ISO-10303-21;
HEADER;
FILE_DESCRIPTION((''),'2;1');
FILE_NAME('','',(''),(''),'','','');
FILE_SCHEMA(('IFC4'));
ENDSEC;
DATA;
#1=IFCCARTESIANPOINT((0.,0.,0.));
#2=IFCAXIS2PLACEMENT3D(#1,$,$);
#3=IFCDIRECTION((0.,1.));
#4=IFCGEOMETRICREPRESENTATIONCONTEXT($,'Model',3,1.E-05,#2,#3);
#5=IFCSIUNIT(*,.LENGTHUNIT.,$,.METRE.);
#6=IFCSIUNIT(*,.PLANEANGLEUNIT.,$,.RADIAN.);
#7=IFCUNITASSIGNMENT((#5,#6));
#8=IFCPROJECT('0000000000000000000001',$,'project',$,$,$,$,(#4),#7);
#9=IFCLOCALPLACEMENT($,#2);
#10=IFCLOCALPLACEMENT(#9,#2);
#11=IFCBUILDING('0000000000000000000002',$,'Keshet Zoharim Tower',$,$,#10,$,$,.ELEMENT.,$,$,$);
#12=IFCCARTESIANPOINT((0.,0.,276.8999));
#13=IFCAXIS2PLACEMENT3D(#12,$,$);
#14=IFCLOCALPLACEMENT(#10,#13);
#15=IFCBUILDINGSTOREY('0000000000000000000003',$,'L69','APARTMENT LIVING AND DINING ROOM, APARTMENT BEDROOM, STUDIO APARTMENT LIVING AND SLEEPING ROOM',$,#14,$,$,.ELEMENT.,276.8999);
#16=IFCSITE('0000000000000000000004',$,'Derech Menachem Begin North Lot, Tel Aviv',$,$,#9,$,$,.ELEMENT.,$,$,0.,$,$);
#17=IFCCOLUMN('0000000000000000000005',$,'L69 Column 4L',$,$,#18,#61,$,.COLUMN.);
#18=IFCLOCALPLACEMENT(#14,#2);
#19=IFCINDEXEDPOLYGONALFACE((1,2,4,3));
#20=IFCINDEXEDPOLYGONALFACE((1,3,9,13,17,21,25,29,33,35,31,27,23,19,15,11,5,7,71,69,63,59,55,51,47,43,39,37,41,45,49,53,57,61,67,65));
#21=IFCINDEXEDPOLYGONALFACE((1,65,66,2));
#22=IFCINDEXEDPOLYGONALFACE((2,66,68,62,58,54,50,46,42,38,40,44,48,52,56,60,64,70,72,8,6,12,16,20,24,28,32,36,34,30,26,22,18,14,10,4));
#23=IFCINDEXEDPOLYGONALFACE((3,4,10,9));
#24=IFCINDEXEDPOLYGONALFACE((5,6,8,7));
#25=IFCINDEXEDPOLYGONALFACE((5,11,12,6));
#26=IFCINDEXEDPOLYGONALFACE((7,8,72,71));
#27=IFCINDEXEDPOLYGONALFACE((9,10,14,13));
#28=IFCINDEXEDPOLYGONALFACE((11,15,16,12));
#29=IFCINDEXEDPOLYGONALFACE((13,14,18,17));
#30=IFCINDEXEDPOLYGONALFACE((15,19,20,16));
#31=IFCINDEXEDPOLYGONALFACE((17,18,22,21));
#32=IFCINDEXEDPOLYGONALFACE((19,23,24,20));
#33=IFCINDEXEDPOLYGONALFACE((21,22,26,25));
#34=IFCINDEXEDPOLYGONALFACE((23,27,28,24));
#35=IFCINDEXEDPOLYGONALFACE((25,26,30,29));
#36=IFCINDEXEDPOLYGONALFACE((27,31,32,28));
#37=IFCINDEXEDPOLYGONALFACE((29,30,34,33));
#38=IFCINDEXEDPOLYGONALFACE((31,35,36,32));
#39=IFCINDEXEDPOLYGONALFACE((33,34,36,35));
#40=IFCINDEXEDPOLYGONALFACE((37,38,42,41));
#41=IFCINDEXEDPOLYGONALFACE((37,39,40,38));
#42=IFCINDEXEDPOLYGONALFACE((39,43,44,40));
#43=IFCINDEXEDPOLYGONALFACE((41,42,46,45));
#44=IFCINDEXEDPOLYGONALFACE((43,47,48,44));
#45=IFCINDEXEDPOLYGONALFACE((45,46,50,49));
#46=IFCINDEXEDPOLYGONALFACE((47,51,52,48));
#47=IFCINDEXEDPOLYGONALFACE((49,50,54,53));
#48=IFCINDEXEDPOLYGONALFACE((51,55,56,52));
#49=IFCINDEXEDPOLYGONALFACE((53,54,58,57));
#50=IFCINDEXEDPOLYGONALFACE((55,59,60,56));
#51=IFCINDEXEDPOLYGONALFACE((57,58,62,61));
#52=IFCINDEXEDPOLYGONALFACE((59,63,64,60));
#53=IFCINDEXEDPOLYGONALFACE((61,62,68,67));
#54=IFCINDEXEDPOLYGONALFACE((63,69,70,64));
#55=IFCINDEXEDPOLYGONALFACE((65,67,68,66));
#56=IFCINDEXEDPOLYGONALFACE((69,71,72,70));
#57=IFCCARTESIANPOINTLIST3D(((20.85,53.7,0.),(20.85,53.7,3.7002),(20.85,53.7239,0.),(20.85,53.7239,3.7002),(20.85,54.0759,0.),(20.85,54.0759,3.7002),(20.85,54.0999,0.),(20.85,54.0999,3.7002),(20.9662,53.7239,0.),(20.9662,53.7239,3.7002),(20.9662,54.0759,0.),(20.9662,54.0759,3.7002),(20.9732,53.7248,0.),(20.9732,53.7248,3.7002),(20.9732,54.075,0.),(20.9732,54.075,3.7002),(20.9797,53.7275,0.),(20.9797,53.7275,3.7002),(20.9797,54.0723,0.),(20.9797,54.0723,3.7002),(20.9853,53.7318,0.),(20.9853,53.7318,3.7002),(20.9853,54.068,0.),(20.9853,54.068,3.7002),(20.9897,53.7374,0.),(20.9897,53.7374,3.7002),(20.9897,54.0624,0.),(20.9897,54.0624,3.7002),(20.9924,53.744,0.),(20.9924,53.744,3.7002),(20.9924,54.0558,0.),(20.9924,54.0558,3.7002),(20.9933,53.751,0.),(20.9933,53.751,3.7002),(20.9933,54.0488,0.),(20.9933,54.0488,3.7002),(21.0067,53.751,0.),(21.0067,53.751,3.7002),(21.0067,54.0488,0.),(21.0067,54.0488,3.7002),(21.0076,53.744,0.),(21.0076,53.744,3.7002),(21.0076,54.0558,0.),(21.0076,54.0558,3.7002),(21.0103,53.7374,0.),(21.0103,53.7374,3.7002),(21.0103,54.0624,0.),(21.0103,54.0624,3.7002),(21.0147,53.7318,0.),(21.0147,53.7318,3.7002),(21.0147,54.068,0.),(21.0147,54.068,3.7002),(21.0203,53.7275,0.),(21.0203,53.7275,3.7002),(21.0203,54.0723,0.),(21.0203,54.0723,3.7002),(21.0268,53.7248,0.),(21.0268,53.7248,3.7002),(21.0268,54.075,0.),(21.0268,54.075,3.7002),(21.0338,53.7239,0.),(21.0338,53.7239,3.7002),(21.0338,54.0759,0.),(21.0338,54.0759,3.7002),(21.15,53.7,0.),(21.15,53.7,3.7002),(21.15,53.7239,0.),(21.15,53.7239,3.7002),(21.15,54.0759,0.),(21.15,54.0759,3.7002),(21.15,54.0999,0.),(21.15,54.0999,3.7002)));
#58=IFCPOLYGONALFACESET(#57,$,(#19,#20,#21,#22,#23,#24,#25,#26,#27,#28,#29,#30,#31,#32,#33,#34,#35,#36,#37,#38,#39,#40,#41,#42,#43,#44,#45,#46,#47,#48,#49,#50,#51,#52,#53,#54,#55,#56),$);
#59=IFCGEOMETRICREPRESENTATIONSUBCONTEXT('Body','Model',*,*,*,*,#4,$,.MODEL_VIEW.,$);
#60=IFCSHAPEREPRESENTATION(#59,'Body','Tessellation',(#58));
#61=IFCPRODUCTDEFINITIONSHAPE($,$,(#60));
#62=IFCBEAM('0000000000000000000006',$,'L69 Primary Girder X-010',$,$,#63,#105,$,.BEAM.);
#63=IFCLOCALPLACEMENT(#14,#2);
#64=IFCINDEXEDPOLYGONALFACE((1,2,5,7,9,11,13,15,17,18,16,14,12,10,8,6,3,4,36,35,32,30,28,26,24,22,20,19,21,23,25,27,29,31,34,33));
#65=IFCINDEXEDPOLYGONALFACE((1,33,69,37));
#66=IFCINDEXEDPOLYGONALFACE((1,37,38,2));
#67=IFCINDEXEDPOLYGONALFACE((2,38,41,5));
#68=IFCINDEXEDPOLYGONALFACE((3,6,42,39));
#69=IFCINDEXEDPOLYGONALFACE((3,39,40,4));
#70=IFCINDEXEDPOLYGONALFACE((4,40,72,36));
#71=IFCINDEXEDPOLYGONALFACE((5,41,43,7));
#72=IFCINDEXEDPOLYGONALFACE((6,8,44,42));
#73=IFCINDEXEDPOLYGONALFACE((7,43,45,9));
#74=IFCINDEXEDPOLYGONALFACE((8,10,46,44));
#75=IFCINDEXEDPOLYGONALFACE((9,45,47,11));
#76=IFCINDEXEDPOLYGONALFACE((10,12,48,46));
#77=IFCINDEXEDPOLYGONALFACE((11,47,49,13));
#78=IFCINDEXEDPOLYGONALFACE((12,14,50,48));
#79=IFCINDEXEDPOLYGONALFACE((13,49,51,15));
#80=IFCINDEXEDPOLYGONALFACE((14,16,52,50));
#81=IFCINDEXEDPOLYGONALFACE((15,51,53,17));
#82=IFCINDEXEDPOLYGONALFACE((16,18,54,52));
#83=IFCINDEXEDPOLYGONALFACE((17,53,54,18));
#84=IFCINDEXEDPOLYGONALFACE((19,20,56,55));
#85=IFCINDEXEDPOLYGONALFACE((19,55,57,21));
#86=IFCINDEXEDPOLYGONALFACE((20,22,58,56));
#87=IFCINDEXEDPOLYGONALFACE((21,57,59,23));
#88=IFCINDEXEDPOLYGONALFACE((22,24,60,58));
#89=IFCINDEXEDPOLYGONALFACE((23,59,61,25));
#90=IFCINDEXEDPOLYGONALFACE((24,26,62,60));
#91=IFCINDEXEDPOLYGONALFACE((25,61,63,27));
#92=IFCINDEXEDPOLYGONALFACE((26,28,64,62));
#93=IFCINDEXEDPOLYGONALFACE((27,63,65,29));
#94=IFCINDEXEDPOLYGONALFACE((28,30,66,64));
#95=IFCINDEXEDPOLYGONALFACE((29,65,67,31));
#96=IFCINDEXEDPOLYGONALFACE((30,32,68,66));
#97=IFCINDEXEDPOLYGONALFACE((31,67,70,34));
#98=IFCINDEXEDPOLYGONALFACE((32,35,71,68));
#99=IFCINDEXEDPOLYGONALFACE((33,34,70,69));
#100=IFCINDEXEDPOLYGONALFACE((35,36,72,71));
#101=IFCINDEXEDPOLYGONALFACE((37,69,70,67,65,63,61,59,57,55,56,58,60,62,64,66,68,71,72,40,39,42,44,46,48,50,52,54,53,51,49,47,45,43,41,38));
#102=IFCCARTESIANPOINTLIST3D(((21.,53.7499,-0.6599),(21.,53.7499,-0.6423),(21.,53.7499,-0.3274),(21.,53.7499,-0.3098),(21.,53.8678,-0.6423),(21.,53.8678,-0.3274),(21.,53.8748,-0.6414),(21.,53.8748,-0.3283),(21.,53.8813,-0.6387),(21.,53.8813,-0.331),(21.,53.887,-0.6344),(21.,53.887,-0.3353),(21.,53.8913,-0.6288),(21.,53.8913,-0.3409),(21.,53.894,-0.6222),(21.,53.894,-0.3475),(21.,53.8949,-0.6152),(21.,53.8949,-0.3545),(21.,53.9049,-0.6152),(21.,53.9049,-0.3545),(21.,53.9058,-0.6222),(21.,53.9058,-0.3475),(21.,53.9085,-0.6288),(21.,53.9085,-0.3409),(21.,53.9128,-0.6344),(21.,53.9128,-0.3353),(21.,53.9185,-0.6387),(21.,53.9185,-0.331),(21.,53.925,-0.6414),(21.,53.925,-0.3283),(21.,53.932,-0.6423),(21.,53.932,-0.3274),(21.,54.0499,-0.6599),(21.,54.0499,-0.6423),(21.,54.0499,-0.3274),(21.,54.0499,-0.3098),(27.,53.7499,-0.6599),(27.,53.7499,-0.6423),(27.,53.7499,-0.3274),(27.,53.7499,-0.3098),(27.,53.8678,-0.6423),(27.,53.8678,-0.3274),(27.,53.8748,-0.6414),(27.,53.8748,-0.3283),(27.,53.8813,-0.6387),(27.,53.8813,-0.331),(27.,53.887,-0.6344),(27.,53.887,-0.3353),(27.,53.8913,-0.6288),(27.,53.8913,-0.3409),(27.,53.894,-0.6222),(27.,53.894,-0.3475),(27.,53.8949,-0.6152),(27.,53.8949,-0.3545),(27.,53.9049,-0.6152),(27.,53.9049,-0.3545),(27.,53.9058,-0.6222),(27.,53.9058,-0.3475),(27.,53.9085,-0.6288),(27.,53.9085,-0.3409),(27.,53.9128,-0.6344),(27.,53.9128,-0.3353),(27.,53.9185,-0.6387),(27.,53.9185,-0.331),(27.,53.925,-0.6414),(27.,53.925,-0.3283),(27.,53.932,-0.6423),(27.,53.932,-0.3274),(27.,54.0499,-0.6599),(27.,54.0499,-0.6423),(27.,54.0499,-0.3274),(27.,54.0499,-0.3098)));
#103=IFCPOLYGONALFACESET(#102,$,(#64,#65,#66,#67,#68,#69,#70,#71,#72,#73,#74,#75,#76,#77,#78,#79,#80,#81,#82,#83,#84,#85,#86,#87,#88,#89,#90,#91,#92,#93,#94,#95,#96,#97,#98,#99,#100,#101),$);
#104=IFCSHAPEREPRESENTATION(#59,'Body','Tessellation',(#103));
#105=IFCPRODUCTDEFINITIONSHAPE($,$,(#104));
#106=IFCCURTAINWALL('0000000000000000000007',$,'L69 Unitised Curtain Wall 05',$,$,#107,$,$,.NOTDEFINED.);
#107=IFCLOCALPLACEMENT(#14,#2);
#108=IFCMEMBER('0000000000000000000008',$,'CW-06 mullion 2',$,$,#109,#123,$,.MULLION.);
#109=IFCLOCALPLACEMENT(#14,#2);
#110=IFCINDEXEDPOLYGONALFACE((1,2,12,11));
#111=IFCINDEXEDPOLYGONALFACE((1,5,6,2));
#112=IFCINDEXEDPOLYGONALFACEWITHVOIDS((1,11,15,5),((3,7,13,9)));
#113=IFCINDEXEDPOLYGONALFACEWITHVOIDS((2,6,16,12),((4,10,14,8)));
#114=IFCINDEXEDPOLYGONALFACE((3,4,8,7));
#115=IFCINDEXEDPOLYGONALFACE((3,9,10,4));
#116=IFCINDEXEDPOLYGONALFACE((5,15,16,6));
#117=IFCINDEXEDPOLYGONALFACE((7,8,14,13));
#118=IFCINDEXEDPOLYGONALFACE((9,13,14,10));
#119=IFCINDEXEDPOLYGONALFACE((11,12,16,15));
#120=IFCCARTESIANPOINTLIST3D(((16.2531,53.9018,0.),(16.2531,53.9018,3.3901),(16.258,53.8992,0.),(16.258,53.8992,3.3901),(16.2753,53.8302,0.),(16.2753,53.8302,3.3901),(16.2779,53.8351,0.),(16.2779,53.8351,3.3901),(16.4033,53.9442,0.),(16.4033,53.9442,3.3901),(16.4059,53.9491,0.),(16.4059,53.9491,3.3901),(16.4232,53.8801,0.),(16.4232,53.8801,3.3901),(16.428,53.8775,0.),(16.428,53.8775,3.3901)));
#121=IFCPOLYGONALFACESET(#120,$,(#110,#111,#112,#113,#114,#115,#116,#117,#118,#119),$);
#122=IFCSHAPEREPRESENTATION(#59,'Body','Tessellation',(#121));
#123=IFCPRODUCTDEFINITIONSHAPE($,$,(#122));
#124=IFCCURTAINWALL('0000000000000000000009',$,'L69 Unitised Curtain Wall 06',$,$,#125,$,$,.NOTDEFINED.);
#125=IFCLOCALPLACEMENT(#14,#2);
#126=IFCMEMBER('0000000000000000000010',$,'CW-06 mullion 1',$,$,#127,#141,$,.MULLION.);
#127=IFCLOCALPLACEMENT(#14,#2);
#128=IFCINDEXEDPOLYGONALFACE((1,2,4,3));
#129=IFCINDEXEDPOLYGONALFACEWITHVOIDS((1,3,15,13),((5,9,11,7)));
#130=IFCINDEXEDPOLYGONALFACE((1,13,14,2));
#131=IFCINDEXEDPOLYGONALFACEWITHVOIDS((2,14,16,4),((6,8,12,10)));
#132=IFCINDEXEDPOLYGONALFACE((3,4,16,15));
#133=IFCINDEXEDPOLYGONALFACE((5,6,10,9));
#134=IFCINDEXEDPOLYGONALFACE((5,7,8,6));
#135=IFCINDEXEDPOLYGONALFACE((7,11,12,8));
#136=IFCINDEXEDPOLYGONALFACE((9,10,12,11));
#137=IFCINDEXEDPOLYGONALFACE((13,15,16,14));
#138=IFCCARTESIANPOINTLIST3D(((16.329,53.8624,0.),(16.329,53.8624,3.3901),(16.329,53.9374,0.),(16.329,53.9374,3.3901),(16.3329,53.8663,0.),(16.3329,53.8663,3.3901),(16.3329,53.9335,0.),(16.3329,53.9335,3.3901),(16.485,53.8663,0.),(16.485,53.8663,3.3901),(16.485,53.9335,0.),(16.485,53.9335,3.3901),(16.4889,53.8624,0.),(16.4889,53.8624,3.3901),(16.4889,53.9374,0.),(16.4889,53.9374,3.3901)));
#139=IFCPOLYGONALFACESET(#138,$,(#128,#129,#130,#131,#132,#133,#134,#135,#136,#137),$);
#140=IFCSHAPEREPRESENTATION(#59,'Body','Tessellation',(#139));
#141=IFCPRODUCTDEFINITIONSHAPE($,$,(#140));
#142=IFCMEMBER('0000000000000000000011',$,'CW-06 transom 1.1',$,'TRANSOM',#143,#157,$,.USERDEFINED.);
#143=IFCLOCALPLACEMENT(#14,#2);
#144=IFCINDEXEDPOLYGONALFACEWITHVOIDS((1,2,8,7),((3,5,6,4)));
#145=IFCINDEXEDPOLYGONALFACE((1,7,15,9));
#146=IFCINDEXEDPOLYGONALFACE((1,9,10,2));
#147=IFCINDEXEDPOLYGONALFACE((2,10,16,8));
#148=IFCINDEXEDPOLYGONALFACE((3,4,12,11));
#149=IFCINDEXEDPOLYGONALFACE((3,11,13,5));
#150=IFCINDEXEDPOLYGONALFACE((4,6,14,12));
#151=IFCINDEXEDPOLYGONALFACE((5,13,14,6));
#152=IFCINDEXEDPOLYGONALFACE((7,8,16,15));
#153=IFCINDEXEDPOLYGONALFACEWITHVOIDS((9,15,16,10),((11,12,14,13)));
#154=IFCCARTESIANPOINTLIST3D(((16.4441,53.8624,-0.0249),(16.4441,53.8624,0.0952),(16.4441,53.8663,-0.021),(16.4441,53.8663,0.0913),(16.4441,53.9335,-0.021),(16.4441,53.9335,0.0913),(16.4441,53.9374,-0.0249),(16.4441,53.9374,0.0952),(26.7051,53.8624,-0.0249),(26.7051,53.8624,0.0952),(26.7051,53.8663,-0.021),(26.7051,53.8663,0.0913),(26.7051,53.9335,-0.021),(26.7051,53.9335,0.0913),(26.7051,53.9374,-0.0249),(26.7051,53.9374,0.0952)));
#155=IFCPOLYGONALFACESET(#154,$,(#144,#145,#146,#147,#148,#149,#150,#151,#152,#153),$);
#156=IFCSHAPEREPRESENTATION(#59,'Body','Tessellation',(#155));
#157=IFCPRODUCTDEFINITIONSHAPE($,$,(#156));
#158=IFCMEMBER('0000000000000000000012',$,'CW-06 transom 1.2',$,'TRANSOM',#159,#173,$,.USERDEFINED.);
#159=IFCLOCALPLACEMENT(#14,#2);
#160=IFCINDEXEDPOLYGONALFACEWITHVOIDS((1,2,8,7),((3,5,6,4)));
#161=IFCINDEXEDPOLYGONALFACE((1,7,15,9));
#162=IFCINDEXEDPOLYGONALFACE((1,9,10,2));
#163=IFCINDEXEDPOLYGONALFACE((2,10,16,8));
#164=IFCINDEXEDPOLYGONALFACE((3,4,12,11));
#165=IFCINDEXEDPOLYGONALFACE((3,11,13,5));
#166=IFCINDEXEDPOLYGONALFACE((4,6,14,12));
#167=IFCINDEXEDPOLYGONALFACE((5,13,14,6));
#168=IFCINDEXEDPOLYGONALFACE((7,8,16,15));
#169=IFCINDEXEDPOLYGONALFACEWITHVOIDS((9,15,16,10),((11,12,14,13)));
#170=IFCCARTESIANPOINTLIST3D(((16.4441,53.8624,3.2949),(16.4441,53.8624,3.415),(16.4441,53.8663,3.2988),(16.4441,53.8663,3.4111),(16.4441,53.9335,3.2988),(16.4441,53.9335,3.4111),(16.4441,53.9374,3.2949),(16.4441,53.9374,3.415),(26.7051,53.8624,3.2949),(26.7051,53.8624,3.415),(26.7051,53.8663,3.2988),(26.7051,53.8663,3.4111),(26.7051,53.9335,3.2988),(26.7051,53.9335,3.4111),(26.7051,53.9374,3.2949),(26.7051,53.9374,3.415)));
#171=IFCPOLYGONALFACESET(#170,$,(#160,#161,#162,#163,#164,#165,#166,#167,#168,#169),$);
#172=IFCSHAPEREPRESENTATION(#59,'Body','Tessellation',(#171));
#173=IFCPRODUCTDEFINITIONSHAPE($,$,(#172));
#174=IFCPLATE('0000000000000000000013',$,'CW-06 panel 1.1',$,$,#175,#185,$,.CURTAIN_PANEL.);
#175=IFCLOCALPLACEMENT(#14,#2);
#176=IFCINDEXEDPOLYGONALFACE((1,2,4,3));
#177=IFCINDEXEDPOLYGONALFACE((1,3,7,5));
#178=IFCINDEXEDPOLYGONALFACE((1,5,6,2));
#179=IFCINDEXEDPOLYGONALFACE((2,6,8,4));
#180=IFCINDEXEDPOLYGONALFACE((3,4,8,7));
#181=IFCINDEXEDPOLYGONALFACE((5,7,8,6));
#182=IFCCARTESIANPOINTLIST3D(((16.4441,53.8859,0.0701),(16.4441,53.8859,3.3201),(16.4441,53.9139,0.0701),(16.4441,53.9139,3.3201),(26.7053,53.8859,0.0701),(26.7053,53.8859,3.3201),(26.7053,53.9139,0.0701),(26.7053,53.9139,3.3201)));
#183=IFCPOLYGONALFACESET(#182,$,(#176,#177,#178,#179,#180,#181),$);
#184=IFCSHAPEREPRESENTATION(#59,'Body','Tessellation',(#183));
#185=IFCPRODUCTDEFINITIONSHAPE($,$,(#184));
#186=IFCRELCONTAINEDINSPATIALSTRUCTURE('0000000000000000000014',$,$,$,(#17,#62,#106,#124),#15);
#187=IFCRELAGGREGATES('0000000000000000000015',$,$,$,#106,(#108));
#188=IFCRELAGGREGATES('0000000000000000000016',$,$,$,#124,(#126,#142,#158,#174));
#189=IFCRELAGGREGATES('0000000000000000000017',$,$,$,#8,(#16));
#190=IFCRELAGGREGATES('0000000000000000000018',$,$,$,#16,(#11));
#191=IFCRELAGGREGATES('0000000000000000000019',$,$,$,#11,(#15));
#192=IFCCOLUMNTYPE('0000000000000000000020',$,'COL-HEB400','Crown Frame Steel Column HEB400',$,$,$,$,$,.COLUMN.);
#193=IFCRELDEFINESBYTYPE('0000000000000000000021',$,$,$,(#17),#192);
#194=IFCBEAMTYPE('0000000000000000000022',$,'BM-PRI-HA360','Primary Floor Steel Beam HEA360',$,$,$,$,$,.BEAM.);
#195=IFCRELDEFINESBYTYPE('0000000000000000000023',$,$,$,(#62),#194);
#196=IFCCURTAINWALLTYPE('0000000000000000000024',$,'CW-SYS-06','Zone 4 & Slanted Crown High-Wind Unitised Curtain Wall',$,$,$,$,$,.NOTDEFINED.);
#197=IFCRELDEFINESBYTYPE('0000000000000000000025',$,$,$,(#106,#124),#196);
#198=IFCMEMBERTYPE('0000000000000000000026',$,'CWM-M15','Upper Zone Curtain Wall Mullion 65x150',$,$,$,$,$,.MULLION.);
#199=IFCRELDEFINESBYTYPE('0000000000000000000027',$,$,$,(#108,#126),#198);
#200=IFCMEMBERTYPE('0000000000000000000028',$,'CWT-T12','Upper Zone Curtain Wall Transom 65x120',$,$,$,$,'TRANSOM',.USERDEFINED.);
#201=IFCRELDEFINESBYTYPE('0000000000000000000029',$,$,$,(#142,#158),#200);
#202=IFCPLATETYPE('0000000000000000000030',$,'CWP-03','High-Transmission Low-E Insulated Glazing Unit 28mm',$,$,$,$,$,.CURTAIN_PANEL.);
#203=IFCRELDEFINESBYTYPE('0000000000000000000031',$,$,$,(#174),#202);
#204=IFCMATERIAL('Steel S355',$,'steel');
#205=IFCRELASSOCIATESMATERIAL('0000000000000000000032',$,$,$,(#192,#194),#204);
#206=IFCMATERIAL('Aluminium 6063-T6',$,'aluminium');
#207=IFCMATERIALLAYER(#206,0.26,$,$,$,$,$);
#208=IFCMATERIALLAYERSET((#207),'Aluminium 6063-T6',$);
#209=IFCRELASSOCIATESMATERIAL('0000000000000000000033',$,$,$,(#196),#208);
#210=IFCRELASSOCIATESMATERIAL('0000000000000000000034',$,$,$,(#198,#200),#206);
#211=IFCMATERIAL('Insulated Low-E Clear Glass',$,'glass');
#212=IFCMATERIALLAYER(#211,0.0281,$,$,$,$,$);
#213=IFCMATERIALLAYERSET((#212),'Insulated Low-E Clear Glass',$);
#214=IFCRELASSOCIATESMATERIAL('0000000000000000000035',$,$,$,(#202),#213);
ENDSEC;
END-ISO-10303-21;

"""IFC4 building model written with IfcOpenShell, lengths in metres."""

from ifc_helpers import new_model, si_unit, direction, frame, origin, origin_2d, place, context, subcontext, project, spatial, rectangle, hollow_rectangle, i_section, extrude, material, layer, layer_set, material_profile, profile_set, type_object, element, aggregate, save


model = new_model("IFC4")

# Units and contexts
model_context = context("Model", 3, precision=1e-05, world=origin(), true_north=direction((0.0, 1.0)))
body_context = subcontext(model_context, "Body", "Model", "MODEL_VIEW")
ifc_project = project(units=[si_unit("LENGTHUNIT", "METRE"), si_unit("PLANEANGLEUNIT", "RADIAN")], contexts=[model_context])

# Site, building, storey
site_placement = place(None, origin())
site = spatial("IfcSite", under=ifc_project, at=site_placement, Name="Derech Menachem Begin North Lot, Tel Aviv", CompositionType="ELEMENT", RefElevation=0.0)
building_placement = place(site_placement, origin())
building = spatial("IfcBuilding", under=site, at=building_placement, Name="Keshet Zoharim Tower", CompositionType="ELEMENT")
storey_placement = place(building_placement, frame((0.0, 0.0, 276.8999)))
storey = spatial("IfcBuildingStorey", under=building, at=storey_placement, Name="L69", Description="APARTMENT LIVING AND DINING ROOM, APARTMENT BEDROOM, STUDIO APARTMENT LIVING AND SLEEPING ROOM", CompositionType="ELEMENT", Elevation=276.8999)

# Column
ifc_material_1 = material(Name="Steel S355", Category="steel")
ifc_material_profile_1 = material_profile(ifc_material_1, i_section(OverallWidth=0.3, OverallDepth=0.3999, WebThickness=0.0134, FlangeThickness=0.0239, FilletRadius=0.0271, at=origin_2d()), Name="HEB400")
ifc_profile_set_1 = profile_set([ifc_material_profile_1], Name="Steel S355")
column_type = type_object("IfcColumnType", Name="COL-HEB400", Description="Crown Frame Steel Column HEB400", PredefinedType="COLUMN", material=ifc_profile_set_1)
column_placement = place(storey_placement, frame((21.0, 53.8999, 0.0), z_axis=(0.0, 0.0, 1.0), x_axis=(1.0, 0.0, 0.0)))
element("IfcColumn", 1, at=column_placement, inside=storey, type_object=column_type, Name="L69 Column 4L", PredefinedType="COLUMN", context=body_context, shape_type="SweptSolid", body=[
    extrude(i_section(OverallWidth=0.3, OverallDepth=0.3999, WebThickness=0.0134, FlangeThickness=0.0239, FilletRadius=0.0271, at=origin_2d()), origin(), (0.0, 0.0, 1.0), 3.7002),
])

# Beam
ifc_material_profile_2 = material_profile(ifc_material_1, i_section(OverallWidth=0.3, OverallDepth=0.3501, WebThickness=0.01, FlangeThickness=0.0176, FilletRadius=0.0271, at=origin_2d()), Name="HEA360")
ifc_profile_set_2 = profile_set([ifc_material_profile_2], Name="Steel S355")
beam_type = type_object("IfcBeamType", Name="BM-PRI-HA360", Description="Primary Floor Steel Beam HEA360", PredefinedType="BEAM", material=ifc_profile_set_2)
beam_placement = place(storey_placement, frame((21.0, 53.8999, -0.4849), z_axis=(1.0, 0.0, 0.0), x_axis=(0.0, 1.0, 0.0)))
element("IfcBeam", 2, at=beam_placement, inside=storey, type_object=beam_type, Name="L69 Primary Girder X-010", PredefinedType="BEAM", context=body_context, shape_type="SweptSolid", body=[
    extrude(i_section(OverallWidth=0.3, OverallDepth=0.3501, WebThickness=0.01, FlangeThickness=0.0176, FilletRadius=0.0271, at=origin_2d()), origin(), (0.0, 0.0, 1.0), 6.0),
])

# Curtain wall, member
ifc_material_2 = material(Name="Aluminium 6063-T6", Category="aluminium")
ifc_layer_1 = layer(ifc_material_2, 0.26)
ifc_layer_set_1 = layer_set([ifc_layer_1], Name="Aluminium 6063-T6")
curtain_wall_type = type_object("IfcCurtainWallType", Name="CW-SYS-06", Description="Zone 4 & Slanted Crown High-Wind Unitised Curtain Wall", PredefinedType="NOTDEFINED", material=ifc_layer_set_1)
curtain_wall_1_placement = place(storey_placement, origin())
curtain_wall_1 = element("IfcCurtainWall", 3, at=curtain_wall_1_placement, inside=storey, type_object=curtain_wall_type, Name="L69 Unitised Curtain Wall 05", PredefinedType="NOTDEFINED")
ifc_material_profile_3 = material_profile(ifc_material_2, hollow_rectangle(XDim=0.075, YDim=0.1599, WallThickness=0.0039, at=origin_2d()), Name="MUL-75x160")
ifc_profile_set_3 = profile_set([ifc_material_profile_3], Name="Aluminium 6063-T6")
member_type_1 = type_object("IfcMemberType", Name="CWM-M15", Description="Upper Zone Curtain Wall Mullion 65x150", PredefinedType="MULLION", material=ifc_profile_set_3)
member_1_placement = place(storey_placement, frame((16.3406, 53.8896, 0.0), z_axis=(0.0, 0.0, 1.0), x_axis=(-0.295922, 0.955212, 0.0)))
member_1 = element("IfcMember", 4, at=member_1_placement, type_object=member_type_1, Name="CW-06 mullion 2", PredefinedType="MULLION", context=body_context, shape_type="SweptSolid", body=[
    extrude(hollow_rectangle(XDim=0.075, YDim=0.1599, WallThickness=0.0039, at=origin_2d()), origin(), (0.0, 0.0, 1.0), 3.3901),
])
aggregate(curtain_wall_1, [member_1])

# Curtain wall, members, plate
curtain_wall_2_placement = place(storey_placement, origin())
curtain_wall_2 = element("IfcCurtainWall", 5, at=curtain_wall_2_placement, inside=storey, type_object=curtain_wall_type, Name="L69 Unitised Curtain Wall 06", PredefinedType="NOTDEFINED")
member_2_placement = place(storey_placement, frame((16.4089, 53.8999, 0.0), z_axis=(0.0, 0.0, 1.0), x_axis=(0.0, 1.0, 0.0)))
member_2 = element("IfcMember", 6, at=member_2_placement, type_object=member_type_1, Name="CW-06 mullion 1", PredefinedType="MULLION", context=body_context, shape_type="SweptSolid", body=[
    extrude(hollow_rectangle(XDim=0.075, YDim=0.1599, WallThickness=0.0039, at=origin_2d()), origin(), (0.0, 0.0, 1.0), 3.3901),
])
ifc_material_profile_4 = material_profile(ifc_material_2, hollow_rectangle(XDim=0.075, YDim=0.1201, WallThickness=0.0039, at=origin_2d()), Name="TRN-75x120")
ifc_profile_set_4 = profile_set([ifc_material_profile_4], Name="Aluminium 6063-T6")
member_type_2 = type_object("IfcMemberType", Name="CWT-T12", Description="Upper Zone Curtain Wall Transom 65x120", ElementType="TRANSOM", PredefinedType="USERDEFINED", material=ifc_profile_set_4)
member_3_placement = place(storey_placement, frame((16.4441, 53.8999, 0.0352), z_axis=(1.0, 0.0, 0.0), x_axis=(0.0, 1.0, 0.0)))
member_3 = element("IfcMember", 7, at=member_3_placement, type_object=member_type_2, Name="CW-06 transom 1.1", ObjectType="TRANSOM", PredefinedType="USERDEFINED", context=body_context, shape_type="SweptSolid", body=[
    extrude(hollow_rectangle(XDim=0.075, YDim=0.1201, WallThickness=0.0039, at=origin_2d()), origin(), (0.0, 0.0, 1.0), 10.261),
])
member_4_placement = place(storey_placement, frame((16.4441, 53.8999, 3.355), z_axis=(1.0, 0.0, 0.0), x_axis=(0.0, 1.0, 0.0)))
member_4 = element("IfcMember", 8, at=member_4_placement, type_object=member_type_2, Name="CW-06 transom 1.2", ObjectType="TRANSOM", PredefinedType="USERDEFINED", context=body_context, shape_type="SweptSolid", body=[
    extrude(hollow_rectangle(XDim=0.075, YDim=0.1201, WallThickness=0.0039, at=origin_2d()), origin(), (0.0, 0.0, 1.0), 10.261),
])
ifc_material_3 = material(Name="Insulated Low-E Clear Glass", Category="glass")
ifc_layer_2 = layer(ifc_material_3, 0.0281)
ifc_layer_set_2 = layer_set([ifc_layer_2], Name="Insulated Low-E Clear Glass")
plate_type = type_object("IfcPlateType", Name="CWP-03", Description="High-Transmission Low-E Insulated Glazing Unit 28mm", PredefinedType="CURTAIN_PANEL", material=ifc_layer_set_2)
plate_placement = place(storey_placement, frame((21.5747, 53.8999, 0.0701), z_axis=(0.0, 0.0, 1.0), x_axis=(1.0, 0.0, 0.0)))
plate = element("IfcPlate", 9, at=plate_placement, type_object=plate_type, Name="CW-06 panel 1.1", PredefinedType="CURTAIN_PANEL", context=body_context, shape_type="SweptSolid", body=[
    extrude(rectangle(XDim=10.2612, YDim=0.0281, at=origin_2d()), origin(), (0.0, 0.0, 1.0), 3.25),
])
aggregate(curtain_wall_2, [member_2, member_3, member_4, plate])

save(model, "model.ifc")
